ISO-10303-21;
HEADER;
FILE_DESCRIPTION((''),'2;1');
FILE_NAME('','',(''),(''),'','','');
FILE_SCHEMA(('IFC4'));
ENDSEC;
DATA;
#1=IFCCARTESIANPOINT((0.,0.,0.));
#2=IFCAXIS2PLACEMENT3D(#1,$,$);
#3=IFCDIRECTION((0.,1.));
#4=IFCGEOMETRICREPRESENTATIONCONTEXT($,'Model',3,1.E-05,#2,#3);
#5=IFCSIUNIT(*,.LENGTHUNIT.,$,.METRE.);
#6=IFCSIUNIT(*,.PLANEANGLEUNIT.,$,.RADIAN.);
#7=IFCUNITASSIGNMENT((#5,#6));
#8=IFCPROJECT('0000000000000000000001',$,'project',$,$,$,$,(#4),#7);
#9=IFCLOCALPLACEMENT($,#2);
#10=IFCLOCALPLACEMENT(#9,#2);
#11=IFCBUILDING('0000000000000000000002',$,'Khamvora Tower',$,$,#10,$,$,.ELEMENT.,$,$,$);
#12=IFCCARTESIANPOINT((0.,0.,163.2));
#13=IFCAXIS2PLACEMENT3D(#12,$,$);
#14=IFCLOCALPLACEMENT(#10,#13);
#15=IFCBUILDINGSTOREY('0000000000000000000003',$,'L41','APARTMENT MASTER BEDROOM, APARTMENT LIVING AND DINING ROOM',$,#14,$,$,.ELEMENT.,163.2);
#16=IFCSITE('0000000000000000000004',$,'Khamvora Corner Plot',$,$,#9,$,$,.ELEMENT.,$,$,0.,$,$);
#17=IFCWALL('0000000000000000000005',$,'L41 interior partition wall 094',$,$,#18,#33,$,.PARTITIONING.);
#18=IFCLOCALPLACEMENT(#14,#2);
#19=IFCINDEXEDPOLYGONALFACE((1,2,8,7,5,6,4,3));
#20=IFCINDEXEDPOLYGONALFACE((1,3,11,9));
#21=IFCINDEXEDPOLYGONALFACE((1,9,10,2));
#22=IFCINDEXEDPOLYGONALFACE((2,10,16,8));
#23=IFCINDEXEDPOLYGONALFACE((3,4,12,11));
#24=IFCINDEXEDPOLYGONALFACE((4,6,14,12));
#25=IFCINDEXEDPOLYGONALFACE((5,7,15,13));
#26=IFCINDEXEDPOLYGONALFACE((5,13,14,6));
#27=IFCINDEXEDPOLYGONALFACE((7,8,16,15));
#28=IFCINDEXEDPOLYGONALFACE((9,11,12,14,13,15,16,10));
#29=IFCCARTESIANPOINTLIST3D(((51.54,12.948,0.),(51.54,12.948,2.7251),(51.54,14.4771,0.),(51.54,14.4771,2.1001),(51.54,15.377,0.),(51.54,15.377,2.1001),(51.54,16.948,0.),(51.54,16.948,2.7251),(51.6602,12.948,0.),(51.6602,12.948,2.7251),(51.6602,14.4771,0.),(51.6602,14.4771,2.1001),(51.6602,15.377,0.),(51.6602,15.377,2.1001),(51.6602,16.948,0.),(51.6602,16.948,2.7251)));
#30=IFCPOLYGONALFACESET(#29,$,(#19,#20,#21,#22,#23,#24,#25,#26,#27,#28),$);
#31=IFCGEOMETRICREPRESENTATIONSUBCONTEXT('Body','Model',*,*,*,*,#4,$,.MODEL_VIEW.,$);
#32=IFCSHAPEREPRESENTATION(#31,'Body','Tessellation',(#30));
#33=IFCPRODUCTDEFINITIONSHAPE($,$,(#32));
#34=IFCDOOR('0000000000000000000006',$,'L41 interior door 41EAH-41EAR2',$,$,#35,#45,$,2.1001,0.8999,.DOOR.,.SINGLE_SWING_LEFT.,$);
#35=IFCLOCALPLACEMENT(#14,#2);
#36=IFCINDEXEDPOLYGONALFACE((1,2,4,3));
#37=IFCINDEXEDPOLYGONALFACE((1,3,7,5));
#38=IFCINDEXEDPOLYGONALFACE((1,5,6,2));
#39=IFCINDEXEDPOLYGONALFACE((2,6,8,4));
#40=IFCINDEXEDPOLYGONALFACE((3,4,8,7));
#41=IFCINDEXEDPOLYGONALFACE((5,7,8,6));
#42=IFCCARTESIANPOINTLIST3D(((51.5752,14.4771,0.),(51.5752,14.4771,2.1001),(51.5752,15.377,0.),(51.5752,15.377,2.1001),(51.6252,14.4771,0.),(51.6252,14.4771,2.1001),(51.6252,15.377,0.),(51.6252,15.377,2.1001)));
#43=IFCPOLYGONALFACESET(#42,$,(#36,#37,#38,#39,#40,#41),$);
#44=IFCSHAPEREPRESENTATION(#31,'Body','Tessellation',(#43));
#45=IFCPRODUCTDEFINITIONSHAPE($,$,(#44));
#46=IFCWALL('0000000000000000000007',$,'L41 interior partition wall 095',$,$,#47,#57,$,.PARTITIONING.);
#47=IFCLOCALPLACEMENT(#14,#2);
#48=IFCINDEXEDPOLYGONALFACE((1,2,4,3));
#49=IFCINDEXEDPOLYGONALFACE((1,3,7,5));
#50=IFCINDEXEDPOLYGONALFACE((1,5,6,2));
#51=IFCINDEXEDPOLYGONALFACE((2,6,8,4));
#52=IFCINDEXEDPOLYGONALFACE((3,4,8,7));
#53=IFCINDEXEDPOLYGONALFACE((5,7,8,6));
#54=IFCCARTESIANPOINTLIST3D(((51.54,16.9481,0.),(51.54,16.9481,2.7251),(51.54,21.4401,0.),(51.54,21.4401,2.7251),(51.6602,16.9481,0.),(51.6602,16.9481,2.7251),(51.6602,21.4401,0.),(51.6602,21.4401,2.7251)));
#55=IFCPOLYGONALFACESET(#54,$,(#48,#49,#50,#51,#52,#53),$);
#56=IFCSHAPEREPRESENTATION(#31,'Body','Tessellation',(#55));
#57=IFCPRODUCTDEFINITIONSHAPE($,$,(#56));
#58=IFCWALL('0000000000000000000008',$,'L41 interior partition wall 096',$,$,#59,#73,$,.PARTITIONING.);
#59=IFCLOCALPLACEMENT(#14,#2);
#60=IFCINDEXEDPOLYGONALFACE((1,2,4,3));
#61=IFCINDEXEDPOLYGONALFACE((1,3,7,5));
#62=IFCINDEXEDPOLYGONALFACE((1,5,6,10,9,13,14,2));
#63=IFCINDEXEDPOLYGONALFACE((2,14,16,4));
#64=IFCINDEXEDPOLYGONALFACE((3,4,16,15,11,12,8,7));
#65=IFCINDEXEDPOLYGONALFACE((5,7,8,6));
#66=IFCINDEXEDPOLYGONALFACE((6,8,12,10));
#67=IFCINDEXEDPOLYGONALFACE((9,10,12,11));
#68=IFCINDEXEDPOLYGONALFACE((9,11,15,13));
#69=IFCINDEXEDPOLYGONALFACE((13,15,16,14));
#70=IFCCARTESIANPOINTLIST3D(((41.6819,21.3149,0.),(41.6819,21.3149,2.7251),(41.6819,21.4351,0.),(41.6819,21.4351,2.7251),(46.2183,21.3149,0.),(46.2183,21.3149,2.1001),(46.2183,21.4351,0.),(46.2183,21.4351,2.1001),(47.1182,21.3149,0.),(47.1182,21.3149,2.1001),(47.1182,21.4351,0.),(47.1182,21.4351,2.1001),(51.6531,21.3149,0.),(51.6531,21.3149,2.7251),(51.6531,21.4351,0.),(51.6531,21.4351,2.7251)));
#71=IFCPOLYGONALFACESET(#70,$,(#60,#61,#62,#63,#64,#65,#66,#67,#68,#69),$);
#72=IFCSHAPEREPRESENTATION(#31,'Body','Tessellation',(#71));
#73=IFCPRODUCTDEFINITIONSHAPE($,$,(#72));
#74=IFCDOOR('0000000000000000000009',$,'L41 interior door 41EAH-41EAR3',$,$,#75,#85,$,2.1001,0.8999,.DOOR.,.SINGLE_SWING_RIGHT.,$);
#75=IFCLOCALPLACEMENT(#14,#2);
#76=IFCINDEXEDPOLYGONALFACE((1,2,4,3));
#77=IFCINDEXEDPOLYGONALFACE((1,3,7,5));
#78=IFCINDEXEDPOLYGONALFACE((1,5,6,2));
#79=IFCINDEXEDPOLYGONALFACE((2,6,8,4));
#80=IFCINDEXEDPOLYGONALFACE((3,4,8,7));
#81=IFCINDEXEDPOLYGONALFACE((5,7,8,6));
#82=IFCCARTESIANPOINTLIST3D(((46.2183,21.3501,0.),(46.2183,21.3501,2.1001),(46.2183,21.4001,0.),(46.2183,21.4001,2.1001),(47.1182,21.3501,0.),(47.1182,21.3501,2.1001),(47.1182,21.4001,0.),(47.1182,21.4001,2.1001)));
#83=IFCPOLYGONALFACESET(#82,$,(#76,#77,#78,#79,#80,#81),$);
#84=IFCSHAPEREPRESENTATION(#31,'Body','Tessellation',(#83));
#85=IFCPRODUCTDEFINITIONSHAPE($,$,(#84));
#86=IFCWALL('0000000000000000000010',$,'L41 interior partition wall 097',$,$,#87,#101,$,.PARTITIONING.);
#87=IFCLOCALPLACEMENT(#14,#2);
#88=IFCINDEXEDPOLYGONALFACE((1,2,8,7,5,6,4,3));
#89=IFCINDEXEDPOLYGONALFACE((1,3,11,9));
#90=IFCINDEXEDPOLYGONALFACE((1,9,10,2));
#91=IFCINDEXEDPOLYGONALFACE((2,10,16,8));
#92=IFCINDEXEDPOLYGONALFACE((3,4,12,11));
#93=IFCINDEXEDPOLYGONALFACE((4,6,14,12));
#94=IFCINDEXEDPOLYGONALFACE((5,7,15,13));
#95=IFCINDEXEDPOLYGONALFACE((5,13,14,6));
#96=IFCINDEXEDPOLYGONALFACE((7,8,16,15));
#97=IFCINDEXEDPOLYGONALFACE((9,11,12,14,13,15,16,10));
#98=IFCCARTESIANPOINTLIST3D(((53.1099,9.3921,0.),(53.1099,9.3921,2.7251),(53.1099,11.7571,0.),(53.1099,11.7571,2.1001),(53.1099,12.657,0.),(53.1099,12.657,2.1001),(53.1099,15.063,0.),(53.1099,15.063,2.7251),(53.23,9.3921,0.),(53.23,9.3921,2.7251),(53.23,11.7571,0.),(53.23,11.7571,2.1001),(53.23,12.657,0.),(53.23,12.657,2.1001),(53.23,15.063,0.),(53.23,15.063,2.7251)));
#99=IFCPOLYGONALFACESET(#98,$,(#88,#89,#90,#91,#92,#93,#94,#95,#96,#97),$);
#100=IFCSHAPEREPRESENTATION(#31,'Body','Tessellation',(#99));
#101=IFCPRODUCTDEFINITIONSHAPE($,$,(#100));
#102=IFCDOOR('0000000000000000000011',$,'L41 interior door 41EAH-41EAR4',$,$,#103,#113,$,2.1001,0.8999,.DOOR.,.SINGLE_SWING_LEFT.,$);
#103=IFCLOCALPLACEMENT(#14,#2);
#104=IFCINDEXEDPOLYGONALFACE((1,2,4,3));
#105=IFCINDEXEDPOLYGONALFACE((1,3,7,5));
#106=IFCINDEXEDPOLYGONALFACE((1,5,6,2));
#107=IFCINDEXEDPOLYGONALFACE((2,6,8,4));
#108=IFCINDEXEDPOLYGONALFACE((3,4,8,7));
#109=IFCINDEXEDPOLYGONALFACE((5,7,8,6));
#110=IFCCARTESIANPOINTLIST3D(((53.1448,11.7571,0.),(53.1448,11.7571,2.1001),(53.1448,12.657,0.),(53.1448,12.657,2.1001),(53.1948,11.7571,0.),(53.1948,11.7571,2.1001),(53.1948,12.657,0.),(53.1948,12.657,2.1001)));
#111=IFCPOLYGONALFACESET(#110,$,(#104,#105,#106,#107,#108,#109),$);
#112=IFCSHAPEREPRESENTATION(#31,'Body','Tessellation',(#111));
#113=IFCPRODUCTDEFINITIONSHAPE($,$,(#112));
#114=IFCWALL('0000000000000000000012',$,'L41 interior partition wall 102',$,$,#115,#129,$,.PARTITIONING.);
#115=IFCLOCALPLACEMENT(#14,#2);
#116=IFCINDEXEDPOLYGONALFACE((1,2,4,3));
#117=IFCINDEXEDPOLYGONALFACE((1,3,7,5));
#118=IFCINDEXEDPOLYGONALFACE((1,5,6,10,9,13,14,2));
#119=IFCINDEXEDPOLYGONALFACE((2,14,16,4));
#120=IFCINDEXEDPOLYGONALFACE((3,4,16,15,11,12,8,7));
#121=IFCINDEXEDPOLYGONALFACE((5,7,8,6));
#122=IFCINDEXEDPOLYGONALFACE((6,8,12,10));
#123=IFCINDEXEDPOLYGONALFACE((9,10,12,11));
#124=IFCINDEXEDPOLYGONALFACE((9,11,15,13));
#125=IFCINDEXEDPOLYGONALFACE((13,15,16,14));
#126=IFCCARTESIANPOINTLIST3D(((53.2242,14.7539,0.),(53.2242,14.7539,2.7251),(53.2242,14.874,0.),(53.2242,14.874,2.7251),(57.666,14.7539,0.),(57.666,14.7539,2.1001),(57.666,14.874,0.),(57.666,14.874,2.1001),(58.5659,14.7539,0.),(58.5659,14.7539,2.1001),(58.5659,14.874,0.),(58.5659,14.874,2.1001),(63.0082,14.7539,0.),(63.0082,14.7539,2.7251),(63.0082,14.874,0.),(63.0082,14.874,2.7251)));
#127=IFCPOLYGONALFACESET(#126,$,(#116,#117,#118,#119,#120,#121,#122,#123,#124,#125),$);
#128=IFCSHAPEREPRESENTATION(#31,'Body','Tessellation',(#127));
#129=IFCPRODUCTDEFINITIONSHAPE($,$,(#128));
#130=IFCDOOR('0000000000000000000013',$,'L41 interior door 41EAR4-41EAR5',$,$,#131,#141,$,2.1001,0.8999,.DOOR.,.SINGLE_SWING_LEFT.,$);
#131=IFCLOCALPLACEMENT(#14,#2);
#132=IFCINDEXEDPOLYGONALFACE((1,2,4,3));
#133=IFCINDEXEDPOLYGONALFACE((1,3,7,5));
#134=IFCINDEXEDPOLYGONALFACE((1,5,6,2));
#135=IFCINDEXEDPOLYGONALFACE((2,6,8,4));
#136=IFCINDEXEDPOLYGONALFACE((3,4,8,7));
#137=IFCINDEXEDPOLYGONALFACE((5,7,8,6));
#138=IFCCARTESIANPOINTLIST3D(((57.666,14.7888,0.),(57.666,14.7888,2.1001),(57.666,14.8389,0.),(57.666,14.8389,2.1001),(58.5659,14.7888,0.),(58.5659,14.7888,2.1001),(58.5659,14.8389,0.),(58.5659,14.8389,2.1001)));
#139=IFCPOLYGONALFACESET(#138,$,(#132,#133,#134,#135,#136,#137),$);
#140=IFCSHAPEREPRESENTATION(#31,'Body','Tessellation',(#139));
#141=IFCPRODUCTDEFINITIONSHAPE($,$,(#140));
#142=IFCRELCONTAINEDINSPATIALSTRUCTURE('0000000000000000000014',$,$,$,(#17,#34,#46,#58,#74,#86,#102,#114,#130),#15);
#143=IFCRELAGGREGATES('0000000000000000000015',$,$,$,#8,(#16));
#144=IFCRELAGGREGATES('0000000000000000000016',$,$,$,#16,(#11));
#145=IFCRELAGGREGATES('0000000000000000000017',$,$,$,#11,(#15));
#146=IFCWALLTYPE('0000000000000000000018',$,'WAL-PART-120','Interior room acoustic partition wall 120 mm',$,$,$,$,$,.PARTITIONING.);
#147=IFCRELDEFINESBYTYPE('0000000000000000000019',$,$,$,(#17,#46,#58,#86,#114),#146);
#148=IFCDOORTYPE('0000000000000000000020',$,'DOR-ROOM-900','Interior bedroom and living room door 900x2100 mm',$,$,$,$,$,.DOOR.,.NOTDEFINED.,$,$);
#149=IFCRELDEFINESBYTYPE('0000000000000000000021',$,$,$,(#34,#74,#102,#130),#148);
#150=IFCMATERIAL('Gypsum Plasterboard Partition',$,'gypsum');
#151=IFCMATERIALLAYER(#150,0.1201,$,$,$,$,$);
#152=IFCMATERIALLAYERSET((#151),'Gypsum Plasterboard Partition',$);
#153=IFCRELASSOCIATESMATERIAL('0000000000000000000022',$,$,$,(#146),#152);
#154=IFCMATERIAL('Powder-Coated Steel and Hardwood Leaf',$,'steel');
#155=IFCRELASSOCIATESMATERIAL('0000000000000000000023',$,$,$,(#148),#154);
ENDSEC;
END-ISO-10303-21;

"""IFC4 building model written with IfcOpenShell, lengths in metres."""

from ifc_helpers import new_model, si_unit, direction, frame, frame_2d, origin, place, context, subcontext, project, spatial, rectangle, extrude, material, layer, layer_set, type_object, element, fill, save


model = new_model("IFC4")

# Units and contexts
model_context = context("Model", 3, precision=1e-05, world=origin(), true_north=direction((0.0, 1.0)))
body_context = subcontext(model_context, "Body", "Model", "MODEL_VIEW")
ifc_project = project(units=[si_unit("LENGTHUNIT", "METRE"), si_unit("PLANEANGLEUNIT", "RADIAN")], contexts=[model_context])

# Site, building, storey
site_placement = place(None, origin())
site = spatial("IfcSite", under=ifc_project, at=site_placement, Name="Khamvora Corner Plot", CompositionType="ELEMENT", RefElevation=0.0)
building_placement = place(site_placement, origin())
building = spatial("IfcBuilding", under=site, at=building_placement, Name="Khamvora Tower", CompositionType="ELEMENT")
storey_placement = place(building_placement, frame((0.0, 0.0, 163.2)))
storey = spatial("IfcBuildingStorey", under=building, at=storey_placement, Name="L41", Description="APARTMENT MASTER BEDROOM, APARTMENT LIVING AND DINING ROOM", CompositionType="ELEMENT", Elevation=163.2)

# Wall, opening, door
ifc_material_1 = material(Name="Gypsum Plasterboard Partition", Category="gypsum")
ifc_layer_1 = layer(ifc_material_1, 0.1201)
ifc_layer_set_1 = layer_set([ifc_layer_1], Name="Gypsum Plasterboard Partition")
wall_type_1 = type_object("IfcWallType", Name="WAL-PART-120", Description="Interior room acoustic partition wall 120 mm", PredefinedType="PARTITIONING", material=ifc_layer_set_1)
ifc_material_2 = material(Name="Powder-Coated Steel and Hardwood Leaf", Category="steel")
door_type = type_object("IfcDoorType", Name="DOR-ROOM-900", Description="Interior bedroom and living room door 900x2100 mm", OperationType="NOTDEFINED", PredefinedType="DOOR", material=ifc_material_2)
wall_1_placement = place(storey_placement, frame((51.6001, 12.948, 0.0), z_axis=(0.0, 0.0, 1.0), x_axis=(0.0, 1.0, 0.0)))
wall_1 = element("IfcWall", 1, at=wall_1_placement, inside=storey, type_object=wall_type_1, Name="L41 interior partition wall 094", PredefinedType="PARTITIONING", context=body_context, shape_type="SweptSolid", body=[
    extrude(rectangle(XDim=4.0, YDim=0.1201, at=frame_2d((2.0, 0.0))), origin(), (0.0, 0.0, 1.0), 2.7251),
])
opening_1_placement = place(wall_1_placement, frame((1.5291, 0.0, 0.0)))
opening_1 = element("IfcOpeningElement", 2, at=opening_1_placement, cuts=wall_1, PredefinedType="OPENING", context=body_context, shape_type="SweptSolid", body=[
    extrude(rectangle(XDim=0.8999, YDim=2.1001, at=frame_2d((0.45, 1.05))), frame((0.0, 0.0701, 0.0), z_axis=(0.0, -1.0, 0.0), x_axis=(1.0, 0.0, 0.0)), (0.0, 0.0, 1.0), 0.1401),
])
door_1_placement = place(opening_1_placement, origin())
door_1 = element("IfcDoor", 3, at=door_1_placement, inside=storey, type_object=door_type, Name="L41 interior door 41EAH-41EAR2", OperationType="SINGLE_SWING_LEFT", OverallHeight=2.1001, OverallWidth=0.8999, PredefinedType="DOOR", context=body_context, shape_type="SweptSolid", body=[
    extrude(rectangle(XDim=0.8999, YDim=2.1001, at=frame_2d((0.45, 1.05))), frame((0.0, 0.0249, 0.0), z_axis=(0.0, -1.0, 0.0), x_axis=(1.0, 0.0, 0.0)), (0.0, 0.0, 1.0), 0.05),
])
fill(opening_1, door_1)

# Wall
wall_2_placement = place(storey_placement, frame((51.6001, 16.948, 0.0), z_axis=(0.0, 0.0, 1.0), x_axis=(0.0, 1.0, 0.0)))
element("IfcWall", 4, at=wall_2_placement, inside=storey, type_object=wall_type_1, Name="L41 interior partition wall 095", PredefinedType="PARTITIONING", context=body_context, shape_type="SweptSolid", body=[
    extrude(rectangle(XDim=4.4919, YDim=0.1201, at=frame_2d((2.2461, 0.0))), origin(), (0.0, 0.0, 1.0), 2.7251),
])

# Walls, openings, doors
wall_3_placement = place(storey_placement, frame((51.6531, 21.375, 0.0), z_axis=(0.0, 0.0, 1.0), x_axis=(-1.0, 0.0, 0.0)))
wall_3 = element("IfcWall", 5, at=wall_3_placement, inside=storey, type_object=wall_type_1, Name="L41 interior partition wall 096", PredefinedType="PARTITIONING", context=body_context, shape_type="SweptSolid", body=[
    extrude(rectangle(XDim=9.9712, YDim=0.1201, at=frame_2d((4.9856, 0.0))), origin(), (0.0, 0.0, 1.0), 2.7251),
])
opening_2_placement = place(wall_3_placement, frame((4.5349, 0.0, 0.0)))
opening_2 = element("IfcOpeningElement", 6, at=opening_2_placement, cuts=wall_3, PredefinedType="OPENING", context=body_context, shape_type="SweptSolid", body=[
    extrude(rectangle(XDim=0.8999, YDim=2.1001, at=frame_2d((0.45, 1.05))), frame((0.0, 0.0701, 0.0), z_axis=(0.0, -1.0, 0.0), x_axis=(1.0, 0.0, 0.0)), (0.0, 0.0, 1.0), 0.1401),
])
door_2_placement = place(opening_2_placement, origin())
door_2 = element("IfcDoor", 7, at=door_2_placement, inside=storey, type_object=door_type, Name="L41 interior door 41EAH-41EAR3", OperationType="SINGLE_SWING_RIGHT", OverallHeight=2.1001, OverallWidth=0.8999, PredefinedType="DOOR", context=body_context, shape_type="SweptSolid", body=[
    extrude(rectangle(XDim=0.8999, YDim=2.1001, at=frame_2d((0.45, 1.05))), frame((0.0, 0.0249, 0.0), z_axis=(0.0, -1.0, 0.0), x_axis=(1.0, 0.0, 0.0)), (0.0, 0.0, 1.0), 0.05),
])
fill(opening_2, door_2)
wall_4_placement = place(storey_placement, frame((53.1699, 15.063, 0.0), z_axis=(0.0, 0.0, 1.0), x_axis=(0.0, -1.0, 0.0)))
wall_4 = element("IfcWall", 8, at=wall_4_placement, inside=storey, type_object=wall_type_1, Name="L41 interior partition wall 097", PredefinedType="PARTITIONING", context=body_context, shape_type="SweptSolid", body=[
    extrude(rectangle(XDim=5.6709, YDim=0.1201, at=frame_2d((2.8354, 0.0))), origin(), (0.0, 0.0, 1.0), 2.7251),
])
opening_3_placement = place(wall_4_placement, frame((2.406, 0.0, 0.0)))
opening_3 = element("IfcOpeningElement", 9, at=opening_3_placement, cuts=wall_4, PredefinedType="OPENING", context=body_context, shape_type="SweptSolid", body=[
    extrude(rectangle(XDim=0.8999, YDim=2.1001, at=frame_2d((0.45, 1.05))), frame((0.0, 0.0701, 0.0), z_axis=(0.0, -1.0, 0.0), x_axis=(1.0, 0.0, 0.0)), (0.0, 0.0, 1.0), 0.1401),
])
door_3_placement = place(opening_3_placement, origin())
door_3 = element("IfcDoor", 10, at=door_3_placement, inside=storey, type_object=door_type, Name="L41 interior door 41EAH-41EAR4", OperationType="SINGLE_SWING_LEFT", OverallHeight=2.1001, OverallWidth=0.8999, PredefinedType="DOOR", context=body_context, shape_type="SweptSolid", body=[
    extrude(rectangle(XDim=0.8999, YDim=2.1001, at=frame_2d((0.45, 1.05))), frame((0.0, 0.0249, 0.0), z_axis=(0.0, -1.0, 0.0), x_axis=(1.0, 0.0, 0.0)), (0.0, 0.0, 1.0), 0.05),
])
fill(opening_3, door_3)
wall_5_placement = place(storey_placement, frame((53.2241, 14.814, 0.0), z_axis=(0.0, 0.0, 1.0), x_axis=(1.0, 0.0, 0.0)))
wall_5 = element("IfcWall", 11, at=wall_5_placement, inside=storey, type_object=wall_type_1, Name="L41 interior partition wall 102", PredefinedType="PARTITIONING", context=body_context, shape_type="SweptSolid", body=[
    extrude(rectangle(XDim=9.7839, YDim=0.1201, at=frame_2d((4.8921, 0.0))), origin(), (0.0, 0.0, 1.0), 2.7251),
])
opening_4_placement = place(wall_5_placement, frame((4.4419, 0.0, 0.0)))
opening_4 = element("IfcOpeningElement", 12, at=opening_4_placement, cuts=wall_5, PredefinedType="OPENING", context=body_context, shape_type="SweptSolid", body=[
    extrude(rectangle(XDim=0.8999, YDim=2.1001, at=frame_2d((0.45, 1.05))), frame((0.0, 0.0701, 0.0), z_axis=(0.0, -1.0, 0.0), x_axis=(1.0, 0.0, 0.0)), (0.0, 0.0, 1.0), 0.1401),
])
door_4_placement = place(opening_4_placement, origin())
door_4 = element("IfcDoor", 13, at=door_4_placement, inside=storey, type_object=door_type, Name="L41 interior door 41EAR4-41EAR5", OperationType="SINGLE_SWING_LEFT", OverallHeight=2.1001, OverallWidth=0.8999, PredefinedType="DOOR", context=body_context, shape_type="SweptSolid", body=[
    extrude(rectangle(XDim=0.8999, YDim=2.1001, at=frame_2d((0.45, 1.05))), frame((0.0, 0.0249, 0.0), z_axis=(0.0, -1.0, 0.0), x_axis=(1.0, 0.0, 0.0)), (0.0, 0.0, 1.0), 0.05),
])
fill(opening_4, door_4)

save(model, "model.ifc")
